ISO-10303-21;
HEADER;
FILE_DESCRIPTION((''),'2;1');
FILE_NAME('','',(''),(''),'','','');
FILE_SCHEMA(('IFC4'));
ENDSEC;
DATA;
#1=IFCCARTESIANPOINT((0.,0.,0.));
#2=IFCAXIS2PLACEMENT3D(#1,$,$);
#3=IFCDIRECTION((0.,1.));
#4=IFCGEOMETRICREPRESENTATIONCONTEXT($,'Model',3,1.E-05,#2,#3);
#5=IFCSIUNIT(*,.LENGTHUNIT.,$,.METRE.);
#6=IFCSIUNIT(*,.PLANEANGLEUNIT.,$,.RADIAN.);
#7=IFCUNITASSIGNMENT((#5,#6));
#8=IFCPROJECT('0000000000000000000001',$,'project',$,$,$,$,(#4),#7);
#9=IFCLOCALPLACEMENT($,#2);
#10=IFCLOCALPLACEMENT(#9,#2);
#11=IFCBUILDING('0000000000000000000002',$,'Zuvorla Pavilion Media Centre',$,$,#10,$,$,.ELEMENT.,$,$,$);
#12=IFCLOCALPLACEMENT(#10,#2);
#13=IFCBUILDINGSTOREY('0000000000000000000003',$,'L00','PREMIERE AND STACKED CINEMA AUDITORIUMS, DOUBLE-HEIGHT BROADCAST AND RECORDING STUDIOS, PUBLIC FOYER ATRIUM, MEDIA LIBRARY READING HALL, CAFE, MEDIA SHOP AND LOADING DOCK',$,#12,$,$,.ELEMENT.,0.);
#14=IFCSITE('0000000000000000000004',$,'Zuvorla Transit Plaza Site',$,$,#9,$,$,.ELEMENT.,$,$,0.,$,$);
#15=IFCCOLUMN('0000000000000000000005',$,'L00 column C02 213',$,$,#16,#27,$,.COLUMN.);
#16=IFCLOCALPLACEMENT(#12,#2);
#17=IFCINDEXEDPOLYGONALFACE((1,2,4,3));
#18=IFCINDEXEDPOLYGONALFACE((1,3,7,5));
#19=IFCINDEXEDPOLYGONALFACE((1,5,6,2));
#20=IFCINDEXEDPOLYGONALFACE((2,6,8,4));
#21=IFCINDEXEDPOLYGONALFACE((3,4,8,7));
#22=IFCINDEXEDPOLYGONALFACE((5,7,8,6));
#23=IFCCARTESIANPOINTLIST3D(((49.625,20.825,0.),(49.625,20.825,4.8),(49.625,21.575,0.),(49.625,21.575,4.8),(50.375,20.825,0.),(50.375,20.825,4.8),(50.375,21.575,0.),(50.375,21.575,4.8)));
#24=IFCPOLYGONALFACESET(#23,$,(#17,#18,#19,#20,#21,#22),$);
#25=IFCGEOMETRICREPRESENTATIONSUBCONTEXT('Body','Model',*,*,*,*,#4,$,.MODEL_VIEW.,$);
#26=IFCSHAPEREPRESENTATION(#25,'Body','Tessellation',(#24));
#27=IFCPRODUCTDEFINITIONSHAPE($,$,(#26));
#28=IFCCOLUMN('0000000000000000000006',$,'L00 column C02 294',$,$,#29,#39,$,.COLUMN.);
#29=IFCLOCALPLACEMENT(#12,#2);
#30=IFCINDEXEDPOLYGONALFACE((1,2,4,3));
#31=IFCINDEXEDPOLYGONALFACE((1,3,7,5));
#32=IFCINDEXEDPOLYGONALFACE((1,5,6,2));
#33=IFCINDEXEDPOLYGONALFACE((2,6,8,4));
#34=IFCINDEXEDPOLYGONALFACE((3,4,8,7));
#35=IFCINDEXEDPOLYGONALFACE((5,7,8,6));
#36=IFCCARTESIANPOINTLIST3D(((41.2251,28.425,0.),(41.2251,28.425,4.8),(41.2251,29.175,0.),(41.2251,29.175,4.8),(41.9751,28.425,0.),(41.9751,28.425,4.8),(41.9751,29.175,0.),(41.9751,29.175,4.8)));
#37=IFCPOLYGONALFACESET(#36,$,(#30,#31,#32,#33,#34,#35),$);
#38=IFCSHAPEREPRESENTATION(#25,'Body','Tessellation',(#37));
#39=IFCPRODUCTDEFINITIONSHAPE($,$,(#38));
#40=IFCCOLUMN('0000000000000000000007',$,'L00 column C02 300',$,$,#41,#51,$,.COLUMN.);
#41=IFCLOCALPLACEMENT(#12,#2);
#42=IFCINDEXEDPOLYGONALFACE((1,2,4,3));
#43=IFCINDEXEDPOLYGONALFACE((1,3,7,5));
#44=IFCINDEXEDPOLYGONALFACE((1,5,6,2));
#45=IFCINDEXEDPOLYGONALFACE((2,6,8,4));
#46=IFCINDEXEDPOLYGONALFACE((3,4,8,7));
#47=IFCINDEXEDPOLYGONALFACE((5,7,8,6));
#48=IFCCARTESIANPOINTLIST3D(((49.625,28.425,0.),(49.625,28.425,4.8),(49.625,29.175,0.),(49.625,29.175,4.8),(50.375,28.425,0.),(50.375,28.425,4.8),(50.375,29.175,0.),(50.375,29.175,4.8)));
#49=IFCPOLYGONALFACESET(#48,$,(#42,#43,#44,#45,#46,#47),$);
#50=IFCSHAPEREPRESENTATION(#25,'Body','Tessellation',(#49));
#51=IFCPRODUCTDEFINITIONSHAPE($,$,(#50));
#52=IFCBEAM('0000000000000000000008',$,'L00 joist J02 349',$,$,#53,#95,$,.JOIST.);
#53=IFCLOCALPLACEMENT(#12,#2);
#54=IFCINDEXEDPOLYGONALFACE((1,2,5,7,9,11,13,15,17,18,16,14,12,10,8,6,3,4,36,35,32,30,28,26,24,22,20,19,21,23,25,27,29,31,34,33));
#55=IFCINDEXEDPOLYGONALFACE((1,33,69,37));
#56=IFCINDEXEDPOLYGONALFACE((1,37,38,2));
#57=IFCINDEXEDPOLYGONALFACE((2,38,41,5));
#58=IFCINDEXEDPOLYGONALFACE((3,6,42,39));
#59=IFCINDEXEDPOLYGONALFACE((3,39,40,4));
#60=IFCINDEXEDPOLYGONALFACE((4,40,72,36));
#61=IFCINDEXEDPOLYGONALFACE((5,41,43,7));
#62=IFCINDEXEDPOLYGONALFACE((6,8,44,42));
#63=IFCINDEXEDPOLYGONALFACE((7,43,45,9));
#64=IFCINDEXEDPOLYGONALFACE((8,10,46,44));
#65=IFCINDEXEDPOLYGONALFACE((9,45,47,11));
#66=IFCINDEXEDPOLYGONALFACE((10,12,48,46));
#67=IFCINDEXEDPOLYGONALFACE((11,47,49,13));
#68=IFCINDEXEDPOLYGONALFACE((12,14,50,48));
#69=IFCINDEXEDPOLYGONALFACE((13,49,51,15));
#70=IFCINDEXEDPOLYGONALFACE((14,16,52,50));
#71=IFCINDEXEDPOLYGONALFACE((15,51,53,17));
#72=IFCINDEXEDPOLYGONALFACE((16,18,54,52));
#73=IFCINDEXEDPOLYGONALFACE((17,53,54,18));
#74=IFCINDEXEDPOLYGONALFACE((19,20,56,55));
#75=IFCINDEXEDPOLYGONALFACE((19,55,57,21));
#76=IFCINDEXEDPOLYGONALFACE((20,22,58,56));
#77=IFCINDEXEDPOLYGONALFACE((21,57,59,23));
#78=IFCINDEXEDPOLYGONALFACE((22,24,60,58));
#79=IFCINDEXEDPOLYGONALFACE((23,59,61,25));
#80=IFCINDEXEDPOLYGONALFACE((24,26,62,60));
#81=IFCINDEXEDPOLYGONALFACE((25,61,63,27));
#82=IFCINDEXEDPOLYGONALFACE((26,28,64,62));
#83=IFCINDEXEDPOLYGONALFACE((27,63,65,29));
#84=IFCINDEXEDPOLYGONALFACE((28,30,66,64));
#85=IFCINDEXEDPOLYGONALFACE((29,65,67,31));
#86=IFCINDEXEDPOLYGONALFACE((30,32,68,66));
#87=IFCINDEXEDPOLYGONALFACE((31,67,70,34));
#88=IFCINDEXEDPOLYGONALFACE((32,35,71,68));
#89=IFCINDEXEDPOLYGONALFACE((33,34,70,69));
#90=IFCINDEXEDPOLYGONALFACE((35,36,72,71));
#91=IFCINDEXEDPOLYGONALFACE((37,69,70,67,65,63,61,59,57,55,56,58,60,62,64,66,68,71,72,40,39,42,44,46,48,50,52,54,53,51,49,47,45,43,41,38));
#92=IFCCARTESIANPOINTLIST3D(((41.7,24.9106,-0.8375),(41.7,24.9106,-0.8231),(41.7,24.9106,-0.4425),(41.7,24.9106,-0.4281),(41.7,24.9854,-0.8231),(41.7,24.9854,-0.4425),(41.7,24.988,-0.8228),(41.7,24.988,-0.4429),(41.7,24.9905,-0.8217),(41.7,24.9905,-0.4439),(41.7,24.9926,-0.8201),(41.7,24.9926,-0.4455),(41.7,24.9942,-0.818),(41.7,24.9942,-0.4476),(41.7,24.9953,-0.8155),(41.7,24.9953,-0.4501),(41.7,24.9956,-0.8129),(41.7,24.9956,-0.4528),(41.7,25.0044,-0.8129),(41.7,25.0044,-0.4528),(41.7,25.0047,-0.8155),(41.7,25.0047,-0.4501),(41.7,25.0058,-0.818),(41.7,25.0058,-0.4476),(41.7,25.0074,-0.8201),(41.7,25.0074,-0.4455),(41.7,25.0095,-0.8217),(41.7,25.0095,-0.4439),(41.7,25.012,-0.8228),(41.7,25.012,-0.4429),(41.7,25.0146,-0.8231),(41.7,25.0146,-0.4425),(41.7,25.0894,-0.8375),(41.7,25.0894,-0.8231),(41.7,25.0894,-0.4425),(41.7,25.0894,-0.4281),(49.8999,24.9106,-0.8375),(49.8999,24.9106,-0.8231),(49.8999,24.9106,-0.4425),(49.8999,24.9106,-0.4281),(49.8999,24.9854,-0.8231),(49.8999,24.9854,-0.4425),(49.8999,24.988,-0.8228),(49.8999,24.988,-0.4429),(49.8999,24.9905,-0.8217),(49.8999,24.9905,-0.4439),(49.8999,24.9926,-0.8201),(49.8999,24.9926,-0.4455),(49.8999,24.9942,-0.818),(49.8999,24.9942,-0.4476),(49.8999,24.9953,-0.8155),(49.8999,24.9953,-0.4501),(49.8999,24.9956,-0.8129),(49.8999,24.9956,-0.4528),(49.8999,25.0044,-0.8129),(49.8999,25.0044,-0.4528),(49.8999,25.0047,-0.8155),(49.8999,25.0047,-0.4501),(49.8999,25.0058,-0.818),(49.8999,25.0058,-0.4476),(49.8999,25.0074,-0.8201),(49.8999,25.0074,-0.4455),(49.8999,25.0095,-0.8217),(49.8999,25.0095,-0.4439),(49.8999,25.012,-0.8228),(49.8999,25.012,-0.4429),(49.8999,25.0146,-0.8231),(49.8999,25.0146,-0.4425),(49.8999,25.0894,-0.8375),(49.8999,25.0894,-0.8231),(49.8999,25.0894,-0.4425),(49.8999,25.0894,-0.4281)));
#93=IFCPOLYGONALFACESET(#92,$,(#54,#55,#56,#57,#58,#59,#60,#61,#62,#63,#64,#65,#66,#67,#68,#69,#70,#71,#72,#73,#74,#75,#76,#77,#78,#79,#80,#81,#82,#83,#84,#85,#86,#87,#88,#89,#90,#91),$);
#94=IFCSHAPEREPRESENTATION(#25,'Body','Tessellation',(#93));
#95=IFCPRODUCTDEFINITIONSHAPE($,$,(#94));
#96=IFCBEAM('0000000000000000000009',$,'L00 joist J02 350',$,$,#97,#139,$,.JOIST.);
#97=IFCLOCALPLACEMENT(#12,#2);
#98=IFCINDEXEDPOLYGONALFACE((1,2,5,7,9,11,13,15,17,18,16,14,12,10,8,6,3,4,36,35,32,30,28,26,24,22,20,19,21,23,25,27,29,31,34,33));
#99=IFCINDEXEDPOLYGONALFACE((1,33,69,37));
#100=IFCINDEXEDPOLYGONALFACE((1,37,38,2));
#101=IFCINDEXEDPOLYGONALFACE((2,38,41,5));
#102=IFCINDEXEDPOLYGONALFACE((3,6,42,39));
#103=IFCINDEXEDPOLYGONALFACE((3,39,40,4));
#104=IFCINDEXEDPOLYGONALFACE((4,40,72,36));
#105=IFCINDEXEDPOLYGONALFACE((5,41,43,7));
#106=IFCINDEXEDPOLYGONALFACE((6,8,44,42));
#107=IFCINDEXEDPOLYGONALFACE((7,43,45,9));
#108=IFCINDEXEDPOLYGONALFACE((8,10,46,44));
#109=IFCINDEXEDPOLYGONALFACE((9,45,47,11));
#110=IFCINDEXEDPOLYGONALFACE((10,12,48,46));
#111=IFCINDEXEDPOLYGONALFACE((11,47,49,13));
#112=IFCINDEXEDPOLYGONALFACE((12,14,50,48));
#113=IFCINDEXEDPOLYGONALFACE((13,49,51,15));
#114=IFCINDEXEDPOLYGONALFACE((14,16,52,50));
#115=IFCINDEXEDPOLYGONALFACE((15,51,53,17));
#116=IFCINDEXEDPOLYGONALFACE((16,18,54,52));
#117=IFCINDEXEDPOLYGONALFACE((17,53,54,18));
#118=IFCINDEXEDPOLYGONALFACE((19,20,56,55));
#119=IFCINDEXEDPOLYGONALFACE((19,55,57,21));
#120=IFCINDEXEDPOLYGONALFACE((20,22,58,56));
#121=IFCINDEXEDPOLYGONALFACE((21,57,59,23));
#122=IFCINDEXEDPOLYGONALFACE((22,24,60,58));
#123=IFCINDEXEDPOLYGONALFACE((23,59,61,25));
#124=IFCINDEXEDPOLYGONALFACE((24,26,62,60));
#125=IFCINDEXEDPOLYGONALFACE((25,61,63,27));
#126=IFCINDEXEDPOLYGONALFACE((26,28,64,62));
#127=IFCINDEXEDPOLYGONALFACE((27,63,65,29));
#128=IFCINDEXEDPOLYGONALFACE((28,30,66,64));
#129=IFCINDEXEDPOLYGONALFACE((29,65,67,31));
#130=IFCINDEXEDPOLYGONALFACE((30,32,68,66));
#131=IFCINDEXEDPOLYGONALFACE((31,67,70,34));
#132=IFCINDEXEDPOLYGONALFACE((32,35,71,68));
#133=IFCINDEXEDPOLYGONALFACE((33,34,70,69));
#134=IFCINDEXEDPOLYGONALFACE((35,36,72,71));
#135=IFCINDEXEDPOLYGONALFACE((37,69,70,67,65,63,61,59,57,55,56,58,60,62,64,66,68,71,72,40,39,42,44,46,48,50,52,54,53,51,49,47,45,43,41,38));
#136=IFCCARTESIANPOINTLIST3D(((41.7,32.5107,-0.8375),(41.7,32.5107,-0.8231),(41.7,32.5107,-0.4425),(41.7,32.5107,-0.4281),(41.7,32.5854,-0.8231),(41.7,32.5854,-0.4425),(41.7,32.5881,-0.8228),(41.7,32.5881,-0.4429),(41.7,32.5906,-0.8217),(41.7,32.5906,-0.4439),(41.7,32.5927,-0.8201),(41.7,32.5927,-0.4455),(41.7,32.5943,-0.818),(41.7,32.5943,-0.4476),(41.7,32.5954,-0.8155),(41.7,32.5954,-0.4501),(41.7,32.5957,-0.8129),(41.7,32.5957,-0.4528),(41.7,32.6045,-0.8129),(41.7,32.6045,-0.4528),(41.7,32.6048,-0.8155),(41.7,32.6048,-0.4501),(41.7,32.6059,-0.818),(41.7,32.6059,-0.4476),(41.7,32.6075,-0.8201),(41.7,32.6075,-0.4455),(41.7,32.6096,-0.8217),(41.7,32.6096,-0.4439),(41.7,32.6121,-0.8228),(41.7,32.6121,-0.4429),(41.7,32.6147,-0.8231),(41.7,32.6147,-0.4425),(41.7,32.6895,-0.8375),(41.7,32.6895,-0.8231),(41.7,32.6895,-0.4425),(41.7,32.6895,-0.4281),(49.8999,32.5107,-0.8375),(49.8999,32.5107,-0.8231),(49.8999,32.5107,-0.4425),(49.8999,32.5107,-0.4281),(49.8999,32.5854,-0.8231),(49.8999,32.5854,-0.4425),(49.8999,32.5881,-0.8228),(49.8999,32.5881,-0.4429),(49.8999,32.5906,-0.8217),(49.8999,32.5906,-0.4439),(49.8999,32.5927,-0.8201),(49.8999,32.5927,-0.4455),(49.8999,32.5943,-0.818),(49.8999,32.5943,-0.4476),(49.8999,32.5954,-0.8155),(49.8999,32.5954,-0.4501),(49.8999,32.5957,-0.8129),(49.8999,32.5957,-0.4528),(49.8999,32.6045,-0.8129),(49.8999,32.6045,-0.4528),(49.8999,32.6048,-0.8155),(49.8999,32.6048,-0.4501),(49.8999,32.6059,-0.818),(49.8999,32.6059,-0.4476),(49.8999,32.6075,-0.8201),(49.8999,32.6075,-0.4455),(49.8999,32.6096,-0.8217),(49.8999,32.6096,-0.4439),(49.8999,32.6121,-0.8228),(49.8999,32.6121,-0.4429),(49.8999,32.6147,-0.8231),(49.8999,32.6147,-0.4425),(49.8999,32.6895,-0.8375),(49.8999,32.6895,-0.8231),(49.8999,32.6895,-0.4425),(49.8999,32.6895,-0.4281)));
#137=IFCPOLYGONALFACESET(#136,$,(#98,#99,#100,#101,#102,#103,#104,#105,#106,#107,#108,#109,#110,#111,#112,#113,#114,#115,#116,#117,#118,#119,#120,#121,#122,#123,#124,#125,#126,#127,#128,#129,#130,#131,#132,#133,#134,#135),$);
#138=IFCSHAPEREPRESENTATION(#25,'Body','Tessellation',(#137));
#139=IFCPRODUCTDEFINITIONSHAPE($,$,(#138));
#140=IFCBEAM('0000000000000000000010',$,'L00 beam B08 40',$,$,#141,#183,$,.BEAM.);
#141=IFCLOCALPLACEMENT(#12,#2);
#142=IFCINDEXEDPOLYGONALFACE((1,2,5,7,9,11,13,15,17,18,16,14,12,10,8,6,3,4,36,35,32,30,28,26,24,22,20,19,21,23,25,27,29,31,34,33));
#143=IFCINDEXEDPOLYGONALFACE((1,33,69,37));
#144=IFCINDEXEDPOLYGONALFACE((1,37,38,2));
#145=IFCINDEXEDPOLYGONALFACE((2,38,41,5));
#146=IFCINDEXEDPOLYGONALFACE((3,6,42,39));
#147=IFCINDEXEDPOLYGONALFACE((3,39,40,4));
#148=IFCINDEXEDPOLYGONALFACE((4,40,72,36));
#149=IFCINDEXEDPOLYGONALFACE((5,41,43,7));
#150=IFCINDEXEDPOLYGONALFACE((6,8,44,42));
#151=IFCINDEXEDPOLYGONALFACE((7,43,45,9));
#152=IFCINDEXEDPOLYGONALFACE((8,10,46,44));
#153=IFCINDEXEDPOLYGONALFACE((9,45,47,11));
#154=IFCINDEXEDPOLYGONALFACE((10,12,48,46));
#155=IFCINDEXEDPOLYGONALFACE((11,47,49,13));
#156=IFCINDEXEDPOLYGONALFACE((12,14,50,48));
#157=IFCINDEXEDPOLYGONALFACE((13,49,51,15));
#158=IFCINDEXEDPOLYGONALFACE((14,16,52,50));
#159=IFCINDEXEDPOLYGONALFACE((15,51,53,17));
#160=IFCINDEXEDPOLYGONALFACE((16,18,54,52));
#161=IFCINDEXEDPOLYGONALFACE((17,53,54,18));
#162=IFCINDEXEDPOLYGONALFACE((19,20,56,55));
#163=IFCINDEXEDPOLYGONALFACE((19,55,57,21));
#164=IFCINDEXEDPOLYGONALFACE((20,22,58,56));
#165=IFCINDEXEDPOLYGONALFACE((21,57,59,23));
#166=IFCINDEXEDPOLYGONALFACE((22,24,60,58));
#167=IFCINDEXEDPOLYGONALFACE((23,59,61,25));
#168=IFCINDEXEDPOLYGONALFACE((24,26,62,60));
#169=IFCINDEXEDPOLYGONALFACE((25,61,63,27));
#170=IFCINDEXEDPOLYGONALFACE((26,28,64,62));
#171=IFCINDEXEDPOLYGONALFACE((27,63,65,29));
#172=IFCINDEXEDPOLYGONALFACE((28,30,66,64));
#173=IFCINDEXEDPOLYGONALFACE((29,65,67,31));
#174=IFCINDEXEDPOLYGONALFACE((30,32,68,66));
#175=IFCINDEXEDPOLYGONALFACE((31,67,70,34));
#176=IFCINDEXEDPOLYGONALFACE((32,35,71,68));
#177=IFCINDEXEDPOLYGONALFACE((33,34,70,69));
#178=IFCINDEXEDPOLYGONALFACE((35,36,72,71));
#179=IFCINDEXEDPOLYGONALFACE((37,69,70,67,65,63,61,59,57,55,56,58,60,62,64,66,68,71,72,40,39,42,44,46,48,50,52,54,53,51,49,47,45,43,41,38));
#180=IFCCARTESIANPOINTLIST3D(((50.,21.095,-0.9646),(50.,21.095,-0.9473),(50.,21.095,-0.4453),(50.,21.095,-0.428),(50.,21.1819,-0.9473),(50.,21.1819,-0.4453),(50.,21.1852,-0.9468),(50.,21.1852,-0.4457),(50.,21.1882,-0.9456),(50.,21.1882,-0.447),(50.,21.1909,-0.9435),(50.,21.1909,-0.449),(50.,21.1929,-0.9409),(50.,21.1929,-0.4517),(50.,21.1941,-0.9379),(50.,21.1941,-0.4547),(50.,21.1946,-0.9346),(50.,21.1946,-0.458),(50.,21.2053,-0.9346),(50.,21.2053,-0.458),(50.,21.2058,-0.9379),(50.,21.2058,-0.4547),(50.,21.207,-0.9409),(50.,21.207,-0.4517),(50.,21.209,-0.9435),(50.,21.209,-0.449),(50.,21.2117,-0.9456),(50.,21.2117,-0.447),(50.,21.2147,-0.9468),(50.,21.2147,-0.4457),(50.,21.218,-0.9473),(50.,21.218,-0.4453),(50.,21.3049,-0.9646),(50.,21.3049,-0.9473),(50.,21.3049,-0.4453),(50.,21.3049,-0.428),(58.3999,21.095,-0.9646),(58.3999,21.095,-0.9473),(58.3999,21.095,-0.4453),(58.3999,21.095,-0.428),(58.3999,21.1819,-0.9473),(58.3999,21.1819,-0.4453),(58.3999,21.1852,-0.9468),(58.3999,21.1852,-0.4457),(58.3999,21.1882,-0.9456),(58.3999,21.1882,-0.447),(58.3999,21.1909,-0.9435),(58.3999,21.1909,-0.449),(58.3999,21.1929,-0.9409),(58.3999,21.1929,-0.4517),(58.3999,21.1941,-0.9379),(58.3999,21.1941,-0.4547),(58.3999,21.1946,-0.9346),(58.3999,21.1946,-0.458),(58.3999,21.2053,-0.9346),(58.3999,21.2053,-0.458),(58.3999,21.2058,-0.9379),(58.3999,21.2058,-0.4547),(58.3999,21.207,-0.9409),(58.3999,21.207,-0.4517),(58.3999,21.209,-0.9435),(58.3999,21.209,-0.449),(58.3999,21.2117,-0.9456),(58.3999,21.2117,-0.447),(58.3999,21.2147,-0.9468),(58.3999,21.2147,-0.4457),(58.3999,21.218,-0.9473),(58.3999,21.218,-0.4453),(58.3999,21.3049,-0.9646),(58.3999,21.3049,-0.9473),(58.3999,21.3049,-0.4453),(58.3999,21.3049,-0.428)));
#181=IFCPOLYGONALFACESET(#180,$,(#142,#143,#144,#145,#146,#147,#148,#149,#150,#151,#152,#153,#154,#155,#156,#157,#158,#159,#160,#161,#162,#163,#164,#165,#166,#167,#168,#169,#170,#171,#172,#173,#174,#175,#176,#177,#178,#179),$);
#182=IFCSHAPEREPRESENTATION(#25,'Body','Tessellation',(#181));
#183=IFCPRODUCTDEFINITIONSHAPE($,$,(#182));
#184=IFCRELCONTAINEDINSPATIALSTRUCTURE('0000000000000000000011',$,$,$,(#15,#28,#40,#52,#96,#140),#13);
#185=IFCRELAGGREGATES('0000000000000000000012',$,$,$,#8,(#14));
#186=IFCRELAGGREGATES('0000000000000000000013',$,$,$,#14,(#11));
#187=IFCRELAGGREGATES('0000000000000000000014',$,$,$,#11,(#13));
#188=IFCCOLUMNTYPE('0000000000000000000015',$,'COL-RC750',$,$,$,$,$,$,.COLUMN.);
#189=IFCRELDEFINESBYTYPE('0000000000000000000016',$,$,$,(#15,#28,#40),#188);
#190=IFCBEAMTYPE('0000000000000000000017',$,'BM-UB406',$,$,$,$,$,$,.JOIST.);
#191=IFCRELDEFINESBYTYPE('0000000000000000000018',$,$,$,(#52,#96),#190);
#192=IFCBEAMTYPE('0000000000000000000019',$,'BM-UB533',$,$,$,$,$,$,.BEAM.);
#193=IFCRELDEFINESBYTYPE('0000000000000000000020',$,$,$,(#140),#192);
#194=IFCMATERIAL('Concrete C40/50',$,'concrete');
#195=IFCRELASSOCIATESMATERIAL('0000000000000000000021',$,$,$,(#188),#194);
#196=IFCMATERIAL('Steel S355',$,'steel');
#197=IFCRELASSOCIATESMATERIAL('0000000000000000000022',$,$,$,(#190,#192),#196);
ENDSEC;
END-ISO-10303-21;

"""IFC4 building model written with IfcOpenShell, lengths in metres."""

from ifc_helpers import new_model, si_unit, direction, frame, origin, origin_2d, place, context, subcontext, project, spatial, rectangle, i_section, extrude, material, material_profile, profile_set, type_object, element, save


model = new_model("IFC4")

# Units and contexts
model_context = context("Model", 3, precision=1e-05, world=origin(), true_north=direction((0.0, 1.0)))
body_context = subcontext(model_context, "Body", "Model", "MODEL_VIEW")
ifc_project = project(units=[si_unit("LENGTHUNIT", "METRE"), si_unit("PLANEANGLEUNIT", "RADIAN")], contexts=[model_context])

# Site, building, storey
site_placement = place(None, origin())
site = spatial("IfcSite", under=ifc_project, at=site_placement, Name="Zuvorla Transit Plaza Site", CompositionType="ELEMENT", RefElevation=0.0)
building_placement = place(site_placement, origin())
building = spatial("IfcBuilding", under=site, at=building_placement, Name="Zuvorla Pavilion Media Centre", CompositionType="ELEMENT")
storey_placement = place(building_placement, origin())
storey = spatial("IfcBuildingStorey", under=building, at=storey_placement, Name="L00", Description="PREMIERE AND STACKED CINEMA AUDITORIUMS, DOUBLE-HEIGHT BROADCAST AND RECORDING STUDIOS, PUBLIC FOYER ATRIUM, MEDIA LIBRARY READING HALL, CAFE, MEDIA SHOP AND LOADING DOCK", CompositionType="ELEMENT", Elevation=0.0)

# Columns
ifc_material_1 = material(Name="Concrete C40/50", Category="concrete")
ifc_material_profile_1 = material_profile(ifc_material_1, rectangle(XDim=0.75, YDim=0.75, at=origin_2d()), Name="RC 750x750")
ifc_profile_set_1 = profile_set([ifc_material_profile_1], Name="Concrete C40/50")
column_type = type_object("IfcColumnType", Name="COL-RC750", PredefinedType="COLUMN", material=ifc_profile_set_1)
for number, where, z_axis, x_axis, name in (
    (1, (50.0, 21.2, 0.0), (0.0, 0.0, 1.0), (1.0, 0.0, 0.0), "L00 column C02 213"),
    (2, (41.6001, 28.8, 0.0), (0.0, 0.0, 1.0), (1.0, 0.0, 0.0), "L00 column C02 294"),
    (3, (50.0, 28.8, 0.0), (0.0, 0.0, 1.0), (1.0, 0.0, 0.0), "L00 column C02 300"),
):
    element("IfcColumn", number, at=place(storey_placement, frame(where, z_axis=z_axis, x_axis=x_axis)), inside=storey, type_object=column_type, Name=name, PredefinedType="COLUMN", context=body_context, shape_type="SweptSolid", body=[
        extrude(rectangle(XDim=0.75, YDim=0.75, at=origin_2d()), origin(), (0.0, 0.0, 1.0), 4.8),
    ])

# Beams
ifc_material_2 = material(Name="Steel S355", Category="steel")
ifc_material_profile_2 = material_profile(ifc_material_2, i_section(OverallWidth=0.1787, OverallDepth=0.4094, WebThickness=0.0088, FlangeThickness=0.0144, FilletRadius=0.0103, at=origin_2d()), Name="UB 406x178x67")
ifc_profile_set_2 = profile_set([ifc_material_profile_2], Name="Steel S355")
beam_type_1 = type_object("IfcBeamType", Name="BM-UB406", PredefinedType="JOIST", material=ifc_profile_set_2)
for number, where, z_axis, x_axis, name in (
    (4, (41.7, 25.0, -0.6328), (1.0, 0.0, 0.0), (0.0, 1.0, 0.0), "L00 joist J02 349"),
    (5, (41.7, 32.6001, -0.6328), (1.0, 0.0, 0.0), (0.0, 1.0, 0.0), "L00 joist J02 350"),
):
    element("IfcBeam", number, at=place(storey_placement, frame(where, z_axis=z_axis, x_axis=x_axis)), inside=storey, type_object=beam_type_1, Name=name, PredefinedType="JOIST", context=body_context, shape_type="SweptSolid", body=[
        extrude(i_section(OverallWidth=0.1787, OverallDepth=0.4094, WebThickness=0.0088, FlangeThickness=0.0144, FilletRadius=0.0103, at=origin_2d()), origin(), (0.0, 0.0, 1.0), 8.2),
    ])
ifc_material_profile_3 = material_profile(ifc_material_2, i_section(OverallWidth=0.21, OverallDepth=0.5366, WebThickness=0.0107, FlangeThickness=0.0173, FilletRadius=0.0127, at=origin_2d()), Name="UB 533x210x101")
ifc_profile_set_3 = profile_set([ifc_material_profile_3], Name="Steel S355")
beam_type_2 = type_object("IfcBeamType", Name="BM-UB533", PredefinedType="BEAM", material=ifc_profile_set_3)
for number, where, z_axis, x_axis, name in (
    (6, (50.0, 21.2, -0.6963), (1.0, 0.0, 0.0), (0.0, 1.0, 0.0), "L00 beam B08 40"),
):
    element("IfcBeam", number, at=place(storey_placement, frame(where, z_axis=z_axis, x_axis=x_axis)), inside=storey, type_object=beam_type_2, Name=name, PredefinedType="BEAM", context=body_context, shape_type="SweptSolid", body=[
        extrude(i_section(OverallWidth=0.21, OverallDepth=0.5366, WebThickness=0.0107, FlangeThickness=0.0173, FilletRadius=0.0127, at=origin_2d()), origin(), (0.0, 0.0, 1.0), 8.3999),
    ])

save(model, "model.ifc")
